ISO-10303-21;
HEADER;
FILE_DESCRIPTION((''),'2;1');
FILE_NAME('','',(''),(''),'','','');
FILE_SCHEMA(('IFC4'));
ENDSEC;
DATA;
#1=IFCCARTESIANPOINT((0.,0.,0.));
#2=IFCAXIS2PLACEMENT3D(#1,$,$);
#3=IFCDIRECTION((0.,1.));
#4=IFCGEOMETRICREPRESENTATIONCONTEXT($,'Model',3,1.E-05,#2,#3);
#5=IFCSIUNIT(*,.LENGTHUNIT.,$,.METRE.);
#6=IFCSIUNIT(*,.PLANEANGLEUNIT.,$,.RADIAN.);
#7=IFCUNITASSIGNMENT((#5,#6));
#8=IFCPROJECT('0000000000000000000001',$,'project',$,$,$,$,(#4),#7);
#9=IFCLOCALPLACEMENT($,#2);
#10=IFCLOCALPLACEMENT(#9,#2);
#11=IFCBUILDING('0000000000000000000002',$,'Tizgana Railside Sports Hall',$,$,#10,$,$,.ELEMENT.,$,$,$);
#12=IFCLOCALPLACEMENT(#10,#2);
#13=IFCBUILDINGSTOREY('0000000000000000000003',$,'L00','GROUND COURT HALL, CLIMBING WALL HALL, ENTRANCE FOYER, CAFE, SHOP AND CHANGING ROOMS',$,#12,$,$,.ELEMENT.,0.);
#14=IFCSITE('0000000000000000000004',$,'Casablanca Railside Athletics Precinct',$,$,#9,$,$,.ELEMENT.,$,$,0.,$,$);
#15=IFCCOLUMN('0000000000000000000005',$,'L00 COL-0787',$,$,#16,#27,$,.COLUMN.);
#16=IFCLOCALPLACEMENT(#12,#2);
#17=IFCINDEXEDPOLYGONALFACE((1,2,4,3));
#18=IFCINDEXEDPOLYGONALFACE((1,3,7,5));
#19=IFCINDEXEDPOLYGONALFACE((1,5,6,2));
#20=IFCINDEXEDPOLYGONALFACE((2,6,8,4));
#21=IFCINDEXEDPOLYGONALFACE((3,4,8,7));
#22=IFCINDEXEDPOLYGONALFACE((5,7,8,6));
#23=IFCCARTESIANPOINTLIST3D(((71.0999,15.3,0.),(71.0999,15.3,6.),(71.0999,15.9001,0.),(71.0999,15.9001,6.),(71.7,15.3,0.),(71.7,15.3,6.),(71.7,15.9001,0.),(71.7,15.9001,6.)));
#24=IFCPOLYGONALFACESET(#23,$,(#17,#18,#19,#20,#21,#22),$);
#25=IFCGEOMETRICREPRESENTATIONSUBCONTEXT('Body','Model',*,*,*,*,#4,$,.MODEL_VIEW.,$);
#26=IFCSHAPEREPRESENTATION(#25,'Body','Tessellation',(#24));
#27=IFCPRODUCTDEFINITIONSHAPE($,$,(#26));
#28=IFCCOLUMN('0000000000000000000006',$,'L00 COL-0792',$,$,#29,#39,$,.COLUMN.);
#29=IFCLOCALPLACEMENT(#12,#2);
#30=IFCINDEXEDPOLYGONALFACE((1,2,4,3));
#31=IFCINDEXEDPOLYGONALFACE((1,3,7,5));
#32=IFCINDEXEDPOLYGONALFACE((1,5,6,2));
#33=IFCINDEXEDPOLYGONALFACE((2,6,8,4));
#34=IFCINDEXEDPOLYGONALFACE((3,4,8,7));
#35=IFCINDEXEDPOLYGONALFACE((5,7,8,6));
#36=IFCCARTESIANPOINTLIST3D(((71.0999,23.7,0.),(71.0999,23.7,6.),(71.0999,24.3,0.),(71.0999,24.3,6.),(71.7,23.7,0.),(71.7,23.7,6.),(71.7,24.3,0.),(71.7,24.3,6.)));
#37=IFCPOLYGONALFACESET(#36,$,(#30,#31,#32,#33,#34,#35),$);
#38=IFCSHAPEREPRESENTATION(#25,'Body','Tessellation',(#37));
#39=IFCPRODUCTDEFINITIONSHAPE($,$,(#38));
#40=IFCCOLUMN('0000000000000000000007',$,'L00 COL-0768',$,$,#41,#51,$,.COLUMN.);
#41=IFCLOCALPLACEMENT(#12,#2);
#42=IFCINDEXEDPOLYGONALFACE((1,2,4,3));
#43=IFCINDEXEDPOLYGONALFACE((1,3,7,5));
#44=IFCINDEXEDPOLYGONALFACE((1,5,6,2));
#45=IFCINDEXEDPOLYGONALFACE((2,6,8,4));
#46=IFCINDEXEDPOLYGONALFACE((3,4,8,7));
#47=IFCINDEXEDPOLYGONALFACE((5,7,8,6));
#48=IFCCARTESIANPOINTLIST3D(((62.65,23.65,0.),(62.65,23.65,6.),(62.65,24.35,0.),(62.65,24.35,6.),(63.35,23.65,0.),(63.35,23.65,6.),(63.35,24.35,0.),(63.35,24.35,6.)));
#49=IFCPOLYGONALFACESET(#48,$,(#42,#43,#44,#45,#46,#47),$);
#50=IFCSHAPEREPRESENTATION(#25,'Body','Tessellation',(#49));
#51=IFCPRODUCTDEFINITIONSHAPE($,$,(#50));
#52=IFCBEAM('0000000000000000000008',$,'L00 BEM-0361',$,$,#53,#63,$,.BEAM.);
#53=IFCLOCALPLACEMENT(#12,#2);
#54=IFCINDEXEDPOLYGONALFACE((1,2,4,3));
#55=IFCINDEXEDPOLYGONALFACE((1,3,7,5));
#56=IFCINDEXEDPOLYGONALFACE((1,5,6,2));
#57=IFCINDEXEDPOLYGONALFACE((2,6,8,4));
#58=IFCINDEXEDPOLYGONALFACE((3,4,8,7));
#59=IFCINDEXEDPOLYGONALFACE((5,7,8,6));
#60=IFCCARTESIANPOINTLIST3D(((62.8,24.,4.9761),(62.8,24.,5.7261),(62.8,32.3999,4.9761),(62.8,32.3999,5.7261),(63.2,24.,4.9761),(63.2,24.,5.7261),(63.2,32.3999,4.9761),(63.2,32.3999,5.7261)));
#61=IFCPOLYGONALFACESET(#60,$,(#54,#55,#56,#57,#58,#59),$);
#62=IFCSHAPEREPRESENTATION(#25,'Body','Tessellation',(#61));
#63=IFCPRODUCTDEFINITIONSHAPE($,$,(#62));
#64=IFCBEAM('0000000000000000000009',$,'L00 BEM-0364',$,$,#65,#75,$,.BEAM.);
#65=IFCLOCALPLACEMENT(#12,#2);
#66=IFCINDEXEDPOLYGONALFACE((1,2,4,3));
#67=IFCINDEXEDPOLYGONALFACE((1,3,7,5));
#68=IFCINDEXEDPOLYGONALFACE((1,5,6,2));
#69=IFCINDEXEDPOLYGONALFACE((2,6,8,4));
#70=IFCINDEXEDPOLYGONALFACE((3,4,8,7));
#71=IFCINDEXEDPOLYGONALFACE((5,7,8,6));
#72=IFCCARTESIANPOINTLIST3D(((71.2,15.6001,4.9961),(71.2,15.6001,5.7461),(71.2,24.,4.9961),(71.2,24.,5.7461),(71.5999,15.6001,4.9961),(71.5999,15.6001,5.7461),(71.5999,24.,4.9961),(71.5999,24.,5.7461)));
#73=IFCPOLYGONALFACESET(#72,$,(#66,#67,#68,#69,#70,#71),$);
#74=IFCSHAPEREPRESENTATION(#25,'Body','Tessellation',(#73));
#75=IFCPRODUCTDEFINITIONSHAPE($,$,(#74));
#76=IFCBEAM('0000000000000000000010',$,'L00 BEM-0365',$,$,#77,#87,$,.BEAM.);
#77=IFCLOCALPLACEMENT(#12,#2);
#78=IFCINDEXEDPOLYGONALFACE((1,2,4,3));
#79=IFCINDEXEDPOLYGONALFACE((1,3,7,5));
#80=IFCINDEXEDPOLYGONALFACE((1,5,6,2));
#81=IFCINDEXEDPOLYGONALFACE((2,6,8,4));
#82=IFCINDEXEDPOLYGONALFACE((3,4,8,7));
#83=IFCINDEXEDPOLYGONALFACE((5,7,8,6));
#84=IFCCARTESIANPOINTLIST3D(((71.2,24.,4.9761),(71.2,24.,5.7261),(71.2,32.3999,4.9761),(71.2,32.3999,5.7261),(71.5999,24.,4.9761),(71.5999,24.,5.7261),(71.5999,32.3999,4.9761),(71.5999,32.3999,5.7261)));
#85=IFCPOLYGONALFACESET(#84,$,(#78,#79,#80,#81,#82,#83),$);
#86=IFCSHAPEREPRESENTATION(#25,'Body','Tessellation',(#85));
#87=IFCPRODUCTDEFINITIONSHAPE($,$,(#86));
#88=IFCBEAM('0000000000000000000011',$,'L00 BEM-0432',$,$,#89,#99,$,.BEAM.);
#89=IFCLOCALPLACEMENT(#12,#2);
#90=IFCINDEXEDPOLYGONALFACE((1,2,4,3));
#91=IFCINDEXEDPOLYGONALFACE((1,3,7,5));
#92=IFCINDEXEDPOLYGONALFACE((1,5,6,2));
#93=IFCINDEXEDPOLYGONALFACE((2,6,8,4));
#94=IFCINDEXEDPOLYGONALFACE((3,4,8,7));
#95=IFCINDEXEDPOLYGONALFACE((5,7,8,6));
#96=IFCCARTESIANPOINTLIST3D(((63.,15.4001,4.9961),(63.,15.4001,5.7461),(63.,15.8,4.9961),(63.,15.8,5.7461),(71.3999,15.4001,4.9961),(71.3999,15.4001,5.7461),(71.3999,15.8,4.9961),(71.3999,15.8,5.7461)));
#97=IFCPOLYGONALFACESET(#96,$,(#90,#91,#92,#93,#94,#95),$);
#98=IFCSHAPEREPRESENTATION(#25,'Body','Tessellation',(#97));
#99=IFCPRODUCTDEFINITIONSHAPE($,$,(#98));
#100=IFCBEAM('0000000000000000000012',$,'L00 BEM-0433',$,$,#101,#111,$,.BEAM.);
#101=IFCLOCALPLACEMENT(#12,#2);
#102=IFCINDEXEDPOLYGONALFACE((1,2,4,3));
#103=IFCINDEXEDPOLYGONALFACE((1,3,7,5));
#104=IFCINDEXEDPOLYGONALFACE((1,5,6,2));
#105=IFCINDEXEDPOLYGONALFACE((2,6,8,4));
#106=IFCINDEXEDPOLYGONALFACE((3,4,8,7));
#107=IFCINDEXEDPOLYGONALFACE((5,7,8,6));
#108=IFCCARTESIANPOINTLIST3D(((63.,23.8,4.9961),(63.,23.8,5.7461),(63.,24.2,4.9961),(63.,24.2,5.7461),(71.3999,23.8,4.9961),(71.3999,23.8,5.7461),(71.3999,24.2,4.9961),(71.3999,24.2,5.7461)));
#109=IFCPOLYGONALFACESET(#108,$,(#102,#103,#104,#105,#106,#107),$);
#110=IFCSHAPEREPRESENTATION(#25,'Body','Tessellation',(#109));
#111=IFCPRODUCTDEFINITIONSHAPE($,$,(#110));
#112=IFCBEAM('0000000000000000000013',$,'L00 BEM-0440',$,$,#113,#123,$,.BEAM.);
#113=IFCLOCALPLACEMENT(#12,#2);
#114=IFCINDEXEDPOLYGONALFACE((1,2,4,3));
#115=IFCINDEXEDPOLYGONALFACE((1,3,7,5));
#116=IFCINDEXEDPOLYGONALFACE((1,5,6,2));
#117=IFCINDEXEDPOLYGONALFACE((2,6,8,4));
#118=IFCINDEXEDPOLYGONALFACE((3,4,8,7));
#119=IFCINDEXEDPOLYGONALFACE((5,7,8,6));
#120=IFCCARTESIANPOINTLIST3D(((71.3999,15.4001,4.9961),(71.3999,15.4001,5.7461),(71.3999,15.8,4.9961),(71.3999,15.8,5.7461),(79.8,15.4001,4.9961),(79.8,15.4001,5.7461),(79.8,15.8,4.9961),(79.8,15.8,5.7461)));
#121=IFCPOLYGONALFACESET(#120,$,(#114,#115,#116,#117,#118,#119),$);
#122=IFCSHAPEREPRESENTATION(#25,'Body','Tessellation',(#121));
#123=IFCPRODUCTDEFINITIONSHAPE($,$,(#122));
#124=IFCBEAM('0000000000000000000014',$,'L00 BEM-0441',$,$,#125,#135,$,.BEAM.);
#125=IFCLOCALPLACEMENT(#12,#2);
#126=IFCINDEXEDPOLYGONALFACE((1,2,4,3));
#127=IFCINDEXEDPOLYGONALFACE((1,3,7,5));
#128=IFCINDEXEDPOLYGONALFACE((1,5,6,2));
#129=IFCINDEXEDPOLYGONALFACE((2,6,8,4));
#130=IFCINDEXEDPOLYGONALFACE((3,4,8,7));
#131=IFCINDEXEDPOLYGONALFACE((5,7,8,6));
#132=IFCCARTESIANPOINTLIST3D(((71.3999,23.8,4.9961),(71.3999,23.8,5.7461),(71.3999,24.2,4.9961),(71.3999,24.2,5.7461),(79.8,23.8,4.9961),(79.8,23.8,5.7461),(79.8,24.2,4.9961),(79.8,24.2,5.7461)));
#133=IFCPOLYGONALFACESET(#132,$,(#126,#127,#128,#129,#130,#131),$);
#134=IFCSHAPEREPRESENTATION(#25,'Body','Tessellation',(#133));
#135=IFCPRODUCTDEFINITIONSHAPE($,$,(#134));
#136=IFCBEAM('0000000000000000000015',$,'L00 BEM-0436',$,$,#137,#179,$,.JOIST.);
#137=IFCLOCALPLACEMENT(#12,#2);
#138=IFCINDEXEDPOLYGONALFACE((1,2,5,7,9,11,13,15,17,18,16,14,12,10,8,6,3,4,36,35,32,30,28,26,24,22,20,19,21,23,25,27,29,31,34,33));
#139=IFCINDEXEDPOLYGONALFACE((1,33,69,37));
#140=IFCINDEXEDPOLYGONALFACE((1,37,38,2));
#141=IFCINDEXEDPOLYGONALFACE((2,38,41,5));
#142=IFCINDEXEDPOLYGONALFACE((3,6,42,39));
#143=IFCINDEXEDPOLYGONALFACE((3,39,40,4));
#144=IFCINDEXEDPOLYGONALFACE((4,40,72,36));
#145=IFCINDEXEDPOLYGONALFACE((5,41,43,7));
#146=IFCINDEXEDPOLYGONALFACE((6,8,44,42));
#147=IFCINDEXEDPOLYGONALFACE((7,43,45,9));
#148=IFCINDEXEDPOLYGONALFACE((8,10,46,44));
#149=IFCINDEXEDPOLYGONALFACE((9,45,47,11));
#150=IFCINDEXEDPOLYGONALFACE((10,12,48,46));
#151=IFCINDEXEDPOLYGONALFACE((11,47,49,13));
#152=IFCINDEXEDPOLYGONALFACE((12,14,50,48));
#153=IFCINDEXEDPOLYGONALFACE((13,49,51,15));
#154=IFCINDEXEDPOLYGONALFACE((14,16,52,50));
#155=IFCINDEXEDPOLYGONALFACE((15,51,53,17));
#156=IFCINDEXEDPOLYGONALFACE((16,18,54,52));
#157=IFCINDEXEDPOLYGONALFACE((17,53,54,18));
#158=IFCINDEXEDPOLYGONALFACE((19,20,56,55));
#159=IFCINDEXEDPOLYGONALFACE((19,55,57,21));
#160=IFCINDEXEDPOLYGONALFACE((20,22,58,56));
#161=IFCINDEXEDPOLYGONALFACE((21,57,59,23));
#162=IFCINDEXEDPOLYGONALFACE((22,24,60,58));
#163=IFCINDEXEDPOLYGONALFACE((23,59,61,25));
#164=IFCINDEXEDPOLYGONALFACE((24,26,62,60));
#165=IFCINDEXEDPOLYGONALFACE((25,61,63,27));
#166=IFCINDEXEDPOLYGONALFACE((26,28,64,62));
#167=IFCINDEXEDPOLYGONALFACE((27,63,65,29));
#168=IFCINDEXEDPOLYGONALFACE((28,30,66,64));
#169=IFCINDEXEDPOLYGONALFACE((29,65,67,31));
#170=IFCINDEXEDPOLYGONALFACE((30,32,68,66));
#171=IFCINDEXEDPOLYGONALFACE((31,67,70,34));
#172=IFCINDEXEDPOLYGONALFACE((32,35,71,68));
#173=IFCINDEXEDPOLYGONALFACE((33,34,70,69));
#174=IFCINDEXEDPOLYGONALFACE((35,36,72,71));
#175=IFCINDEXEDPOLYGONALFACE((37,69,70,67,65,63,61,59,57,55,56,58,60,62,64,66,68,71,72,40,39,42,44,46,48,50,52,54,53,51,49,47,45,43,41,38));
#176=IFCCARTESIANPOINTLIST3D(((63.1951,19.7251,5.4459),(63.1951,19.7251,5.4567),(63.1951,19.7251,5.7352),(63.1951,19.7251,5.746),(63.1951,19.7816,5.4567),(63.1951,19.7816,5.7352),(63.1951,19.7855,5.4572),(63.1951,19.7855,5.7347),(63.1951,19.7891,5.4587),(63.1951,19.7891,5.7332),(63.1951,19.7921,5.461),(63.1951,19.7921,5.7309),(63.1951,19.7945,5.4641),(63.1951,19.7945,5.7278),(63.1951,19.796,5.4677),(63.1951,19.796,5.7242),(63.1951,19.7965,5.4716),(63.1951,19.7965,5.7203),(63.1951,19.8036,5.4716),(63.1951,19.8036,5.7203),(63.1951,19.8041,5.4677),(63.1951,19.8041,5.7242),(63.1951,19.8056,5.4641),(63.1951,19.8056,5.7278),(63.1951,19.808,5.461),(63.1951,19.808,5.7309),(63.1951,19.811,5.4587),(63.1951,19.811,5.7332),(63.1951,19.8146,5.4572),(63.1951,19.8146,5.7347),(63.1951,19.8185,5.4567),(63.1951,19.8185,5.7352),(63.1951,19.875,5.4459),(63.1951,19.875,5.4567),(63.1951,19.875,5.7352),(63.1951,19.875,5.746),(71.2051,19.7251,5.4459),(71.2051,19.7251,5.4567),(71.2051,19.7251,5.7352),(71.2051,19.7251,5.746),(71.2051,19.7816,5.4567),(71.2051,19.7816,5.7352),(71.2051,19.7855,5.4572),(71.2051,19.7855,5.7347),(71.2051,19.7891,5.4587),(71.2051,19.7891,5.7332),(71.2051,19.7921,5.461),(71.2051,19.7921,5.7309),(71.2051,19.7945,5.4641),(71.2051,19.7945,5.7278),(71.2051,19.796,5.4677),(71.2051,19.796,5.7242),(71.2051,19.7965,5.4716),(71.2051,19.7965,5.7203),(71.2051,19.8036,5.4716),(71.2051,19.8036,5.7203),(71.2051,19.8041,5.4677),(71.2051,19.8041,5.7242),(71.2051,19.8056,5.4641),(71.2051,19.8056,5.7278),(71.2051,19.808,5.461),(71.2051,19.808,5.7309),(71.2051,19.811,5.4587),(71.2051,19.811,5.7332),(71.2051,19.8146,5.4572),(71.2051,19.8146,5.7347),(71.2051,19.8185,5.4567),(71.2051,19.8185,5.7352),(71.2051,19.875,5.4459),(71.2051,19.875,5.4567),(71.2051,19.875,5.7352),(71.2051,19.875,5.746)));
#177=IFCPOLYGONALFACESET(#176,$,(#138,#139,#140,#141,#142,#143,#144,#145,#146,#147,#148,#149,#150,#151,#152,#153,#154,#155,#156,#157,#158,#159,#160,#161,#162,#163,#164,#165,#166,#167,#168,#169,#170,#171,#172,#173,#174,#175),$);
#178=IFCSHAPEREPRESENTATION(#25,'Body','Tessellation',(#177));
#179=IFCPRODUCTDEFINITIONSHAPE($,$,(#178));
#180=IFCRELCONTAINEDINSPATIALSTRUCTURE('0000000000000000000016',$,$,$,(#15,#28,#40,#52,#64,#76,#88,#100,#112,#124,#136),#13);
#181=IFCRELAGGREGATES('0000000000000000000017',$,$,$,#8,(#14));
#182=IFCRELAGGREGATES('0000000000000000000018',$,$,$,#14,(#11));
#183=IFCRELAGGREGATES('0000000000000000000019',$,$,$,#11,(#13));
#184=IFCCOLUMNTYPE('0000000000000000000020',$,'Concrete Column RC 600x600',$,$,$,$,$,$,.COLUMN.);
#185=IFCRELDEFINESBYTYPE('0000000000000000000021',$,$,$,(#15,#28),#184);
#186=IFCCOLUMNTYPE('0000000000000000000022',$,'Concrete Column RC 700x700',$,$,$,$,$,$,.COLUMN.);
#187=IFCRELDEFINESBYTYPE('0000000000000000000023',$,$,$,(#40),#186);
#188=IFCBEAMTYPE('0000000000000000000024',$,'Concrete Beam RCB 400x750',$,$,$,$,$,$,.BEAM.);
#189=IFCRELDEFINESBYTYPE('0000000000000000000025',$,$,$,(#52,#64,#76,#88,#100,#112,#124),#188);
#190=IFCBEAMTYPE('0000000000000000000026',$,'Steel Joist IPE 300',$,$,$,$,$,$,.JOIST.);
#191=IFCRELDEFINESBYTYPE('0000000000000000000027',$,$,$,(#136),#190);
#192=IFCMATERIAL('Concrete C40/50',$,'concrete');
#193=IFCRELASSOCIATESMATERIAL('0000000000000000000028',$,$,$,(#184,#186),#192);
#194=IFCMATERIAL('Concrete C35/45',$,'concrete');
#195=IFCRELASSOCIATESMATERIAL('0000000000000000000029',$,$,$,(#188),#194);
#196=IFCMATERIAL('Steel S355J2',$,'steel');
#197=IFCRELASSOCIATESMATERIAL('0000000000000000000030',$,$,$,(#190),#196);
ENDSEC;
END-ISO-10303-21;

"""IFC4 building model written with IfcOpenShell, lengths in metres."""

from ifc_helpers import new_model, si_unit, direction, frame, origin, origin_2d, place, context, subcontext, project, spatial, rectangle, i_section, extrude, material, material_profile, profile_set, type_object, element, save


model = new_model("IFC4")

# Units and contexts
model_context = context("Model", 3, precision=1e-05, world=origin(), true_north=direction((0.0, 1.0)))
body_context = subcontext(model_context, "Body", "Model", "MODEL_VIEW")
ifc_project = project(units=[si_unit("LENGTHUNIT", "METRE"), si_unit("PLANEANGLEUNIT", "RADIAN")], contexts=[model_context])

# Site, building, storey
site_placement = place(None, origin())
site = spatial("IfcSite", under=ifc_project, at=site_placement, Name="Casablanca Railside Athletics Precinct", CompositionType="ELEMENT", RefElevation=0.0)
building_placement = place(site_placement, origin())
building = spatial("IfcBuilding", under=site, at=building_placement, Name="Tizgana Railside Sports Hall", CompositionType="ELEMENT")
storey_placement = place(building_placement, origin())
storey = spatial("IfcBuildingStorey", under=building, at=storey_placement, Name="L00", Description="GROUND COURT HALL, CLIMBING WALL HALL, ENTRANCE FOYER, CAFE, SHOP AND CHANGING ROOMS", CompositionType="ELEMENT", Elevation=0.0)

# Columns
ifc_material_1 = material(Name="Concrete C40/50", Category="concrete")
ifc_material_profile_1 = material_profile(ifc_material_1, rectangle(XDim=0.6001, YDim=0.6001, at=origin_2d()), Name="RC 600x600")
ifc_profile_set_1 = profile_set([ifc_material_profile_1], Name="Concrete C40/50")
column_type_1 = type_object("IfcColumnType", Name="Concrete Column RC 600x600", PredefinedType="COLUMN", material=ifc_profile_set_1)
for number, where, z_axis, x_axis, name in (
    (1, (71.3999, 15.6001, 0.0), (0.0, 0.0, 1.0), (1.0, 0.0, 0.0), "L00 COL-0787"),
    (2, (71.3999, 24.0, 0.0), (0.0, 0.0, 1.0), (1.0, 0.0, 0.0), "L00 COL-0792"),
):
    element("IfcColumn", number, at=place(storey_placement, frame(where, z_axis=z_axis, x_axis=x_axis)), inside=storey, type_object=column_type_1, Name=name, PredefinedType="COLUMN", context=body_context, shape_type="SweptSolid", body=[
        extrude(rectangle(XDim=0.6001, YDim=0.6001, at=origin_2d()), origin(), (0.0, 0.0, 1.0), 6.0),
    ])
ifc_material_profile_2 = material_profile(ifc_material_1, rectangle(XDim=0.7, YDim=0.7, at=origin_2d()), Name="RC 700x700")
ifc_profile_set_2 = profile_set([ifc_material_profile_2], Name="Concrete C40/50")
column_type_2 = type_object("IfcColumnType", Name="Concrete Column RC 700x700", PredefinedType="COLUMN", material=ifc_profile_set_2)
column_placement = place(storey_placement, frame((63.0, 24.0, 0.0), z_axis=(0.0, 0.0, 1.0), x_axis=(1.0, 0.0, 0.0)))
element("IfcColumn", 3, at=column_placement, inside=storey, type_object=column_type_2, Name="L00 COL-0768", PredefinedType="COLUMN", context=body_context, shape_type="SweptSolid", body=[
    extrude(rectangle(XDim=0.7, YDim=0.7, at=origin_2d()), origin(), (0.0, 0.0, 1.0), 6.0),
])

# Beams
ifc_material_2 = material(Name="Concrete C35/45", Category="concrete")
ifc_material_profile_3 = material_profile(ifc_material_2, rectangle(XDim=0.3999, YDim=0.75, at=origin_2d()), Name="RCB 400x750")
ifc_profile_set_3 = profile_set([ifc_material_profile_3], Name="Concrete C35/45")
beam_type_1 = type_object("IfcBeamType", Name="Concrete Beam RCB 400x750", PredefinedType="BEAM", material=ifc_profile_set_3)
for number, where, z_axis, x_axis, name in (
    (4, (63.0, 24.0, 5.3511), (0.0, 1.0, 0.0), (-1.0, 0.0, 0.0), "L00 BEM-0361"),
    (5, (71.3999, 15.6001, 5.3711), (0.0, 1.0, 0.0), (-1.0, 0.0, 0.0), "L00 BEM-0364"),
    (6, (71.3999, 24.0, 5.3511), (0.0, 1.0, 0.0), (-1.0, 0.0, 0.0), "L00 BEM-0365"),
    (7, (63.0, 15.6001, 5.3711), (1.0, 0.0, 0.0), (0.0, 1.0, 0.0), "L00 BEM-0432"),
    (8, (63.0, 24.0, 5.3711), (1.0, 0.0, 0.0), (0.0, 1.0, 0.0), "L00 BEM-0433"),
):
    element("IfcBeam", number, at=place(storey_placement, frame(where, z_axis=z_axis, x_axis=x_axis)), inside=storey, type_object=beam_type_1, Name=name, PredefinedType="BEAM", context=body_context, shape_type="SweptSolid", body=[
        extrude(rectangle(XDim=0.3999, YDim=0.75, at=origin_2d()), origin(), (0.0, 0.0, 1.0), 8.3999),
    ])
for number, where, z_axis, x_axis, name in (
    (9, (71.3999, 15.6001, 5.3711), (1.0, 0.0, 0.0), (0.0, 1.0, 0.0), "L00 BEM-0440"),
    (10, (71.3999, 24.0, 5.3711), (1.0, 0.0, 0.0), (0.0, 1.0, 0.0), "L00 BEM-0441"),
):
    element("IfcBeam", number, at=place(storey_placement, frame(where, z_axis=z_axis, x_axis=x_axis)), inside=storey, type_object=beam_type_1, Name=name, PredefinedType="BEAM", context=body_context, shape_type="SweptSolid", body=[
        extrude(rectangle(XDim=0.3999, YDim=0.75, at=origin_2d()), origin(), (0.0, 0.0, 1.0), 8.4001),
    ])
ifc_material_3 = material(Name="Steel S355J2", Category="steel")
ifc_material_profile_4 = material_profile(ifc_material_3, i_section(OverallWidth=0.1499, OverallDepth=0.3, WebThickness=0.0071, FlangeThickness=0.0107, FilletRadius=0.0149, at=origin_2d()), Name="IPE 300")
ifc_profile_set_4 = profile_set([ifc_material_profile_4], Name="Steel S355J2")
beam_type_2 = type_object("IfcBeamType", Name="Steel Joist IPE 300", PredefinedType="JOIST", material=ifc_profile_set_4)
for number, where, z_axis, x_axis, name in (
    (11, (63.1951, 19.8, 5.5959), (1.0, 0.0, 0.0), (0.0, 1.0, 0.0), "L00 BEM-0436"),
):
    element("IfcBeam", number, at=place(storey_placement, frame(where, z_axis=z_axis, x_axis=x_axis)), inside=storey, type_object=beam_type_2, Name=name, PredefinedType="JOIST", context=body_context, shape_type="SweptSolid", body=[
        extrude(i_section(OverallWidth=0.1499, OverallDepth=0.3, WebThickness=0.0071, FlangeThickness=0.0107, FilletRadius=0.0149, at=origin_2d()), origin(), (0.0, 0.0, 1.0), 8.01),
    ])

save(model, "model.ifc")
